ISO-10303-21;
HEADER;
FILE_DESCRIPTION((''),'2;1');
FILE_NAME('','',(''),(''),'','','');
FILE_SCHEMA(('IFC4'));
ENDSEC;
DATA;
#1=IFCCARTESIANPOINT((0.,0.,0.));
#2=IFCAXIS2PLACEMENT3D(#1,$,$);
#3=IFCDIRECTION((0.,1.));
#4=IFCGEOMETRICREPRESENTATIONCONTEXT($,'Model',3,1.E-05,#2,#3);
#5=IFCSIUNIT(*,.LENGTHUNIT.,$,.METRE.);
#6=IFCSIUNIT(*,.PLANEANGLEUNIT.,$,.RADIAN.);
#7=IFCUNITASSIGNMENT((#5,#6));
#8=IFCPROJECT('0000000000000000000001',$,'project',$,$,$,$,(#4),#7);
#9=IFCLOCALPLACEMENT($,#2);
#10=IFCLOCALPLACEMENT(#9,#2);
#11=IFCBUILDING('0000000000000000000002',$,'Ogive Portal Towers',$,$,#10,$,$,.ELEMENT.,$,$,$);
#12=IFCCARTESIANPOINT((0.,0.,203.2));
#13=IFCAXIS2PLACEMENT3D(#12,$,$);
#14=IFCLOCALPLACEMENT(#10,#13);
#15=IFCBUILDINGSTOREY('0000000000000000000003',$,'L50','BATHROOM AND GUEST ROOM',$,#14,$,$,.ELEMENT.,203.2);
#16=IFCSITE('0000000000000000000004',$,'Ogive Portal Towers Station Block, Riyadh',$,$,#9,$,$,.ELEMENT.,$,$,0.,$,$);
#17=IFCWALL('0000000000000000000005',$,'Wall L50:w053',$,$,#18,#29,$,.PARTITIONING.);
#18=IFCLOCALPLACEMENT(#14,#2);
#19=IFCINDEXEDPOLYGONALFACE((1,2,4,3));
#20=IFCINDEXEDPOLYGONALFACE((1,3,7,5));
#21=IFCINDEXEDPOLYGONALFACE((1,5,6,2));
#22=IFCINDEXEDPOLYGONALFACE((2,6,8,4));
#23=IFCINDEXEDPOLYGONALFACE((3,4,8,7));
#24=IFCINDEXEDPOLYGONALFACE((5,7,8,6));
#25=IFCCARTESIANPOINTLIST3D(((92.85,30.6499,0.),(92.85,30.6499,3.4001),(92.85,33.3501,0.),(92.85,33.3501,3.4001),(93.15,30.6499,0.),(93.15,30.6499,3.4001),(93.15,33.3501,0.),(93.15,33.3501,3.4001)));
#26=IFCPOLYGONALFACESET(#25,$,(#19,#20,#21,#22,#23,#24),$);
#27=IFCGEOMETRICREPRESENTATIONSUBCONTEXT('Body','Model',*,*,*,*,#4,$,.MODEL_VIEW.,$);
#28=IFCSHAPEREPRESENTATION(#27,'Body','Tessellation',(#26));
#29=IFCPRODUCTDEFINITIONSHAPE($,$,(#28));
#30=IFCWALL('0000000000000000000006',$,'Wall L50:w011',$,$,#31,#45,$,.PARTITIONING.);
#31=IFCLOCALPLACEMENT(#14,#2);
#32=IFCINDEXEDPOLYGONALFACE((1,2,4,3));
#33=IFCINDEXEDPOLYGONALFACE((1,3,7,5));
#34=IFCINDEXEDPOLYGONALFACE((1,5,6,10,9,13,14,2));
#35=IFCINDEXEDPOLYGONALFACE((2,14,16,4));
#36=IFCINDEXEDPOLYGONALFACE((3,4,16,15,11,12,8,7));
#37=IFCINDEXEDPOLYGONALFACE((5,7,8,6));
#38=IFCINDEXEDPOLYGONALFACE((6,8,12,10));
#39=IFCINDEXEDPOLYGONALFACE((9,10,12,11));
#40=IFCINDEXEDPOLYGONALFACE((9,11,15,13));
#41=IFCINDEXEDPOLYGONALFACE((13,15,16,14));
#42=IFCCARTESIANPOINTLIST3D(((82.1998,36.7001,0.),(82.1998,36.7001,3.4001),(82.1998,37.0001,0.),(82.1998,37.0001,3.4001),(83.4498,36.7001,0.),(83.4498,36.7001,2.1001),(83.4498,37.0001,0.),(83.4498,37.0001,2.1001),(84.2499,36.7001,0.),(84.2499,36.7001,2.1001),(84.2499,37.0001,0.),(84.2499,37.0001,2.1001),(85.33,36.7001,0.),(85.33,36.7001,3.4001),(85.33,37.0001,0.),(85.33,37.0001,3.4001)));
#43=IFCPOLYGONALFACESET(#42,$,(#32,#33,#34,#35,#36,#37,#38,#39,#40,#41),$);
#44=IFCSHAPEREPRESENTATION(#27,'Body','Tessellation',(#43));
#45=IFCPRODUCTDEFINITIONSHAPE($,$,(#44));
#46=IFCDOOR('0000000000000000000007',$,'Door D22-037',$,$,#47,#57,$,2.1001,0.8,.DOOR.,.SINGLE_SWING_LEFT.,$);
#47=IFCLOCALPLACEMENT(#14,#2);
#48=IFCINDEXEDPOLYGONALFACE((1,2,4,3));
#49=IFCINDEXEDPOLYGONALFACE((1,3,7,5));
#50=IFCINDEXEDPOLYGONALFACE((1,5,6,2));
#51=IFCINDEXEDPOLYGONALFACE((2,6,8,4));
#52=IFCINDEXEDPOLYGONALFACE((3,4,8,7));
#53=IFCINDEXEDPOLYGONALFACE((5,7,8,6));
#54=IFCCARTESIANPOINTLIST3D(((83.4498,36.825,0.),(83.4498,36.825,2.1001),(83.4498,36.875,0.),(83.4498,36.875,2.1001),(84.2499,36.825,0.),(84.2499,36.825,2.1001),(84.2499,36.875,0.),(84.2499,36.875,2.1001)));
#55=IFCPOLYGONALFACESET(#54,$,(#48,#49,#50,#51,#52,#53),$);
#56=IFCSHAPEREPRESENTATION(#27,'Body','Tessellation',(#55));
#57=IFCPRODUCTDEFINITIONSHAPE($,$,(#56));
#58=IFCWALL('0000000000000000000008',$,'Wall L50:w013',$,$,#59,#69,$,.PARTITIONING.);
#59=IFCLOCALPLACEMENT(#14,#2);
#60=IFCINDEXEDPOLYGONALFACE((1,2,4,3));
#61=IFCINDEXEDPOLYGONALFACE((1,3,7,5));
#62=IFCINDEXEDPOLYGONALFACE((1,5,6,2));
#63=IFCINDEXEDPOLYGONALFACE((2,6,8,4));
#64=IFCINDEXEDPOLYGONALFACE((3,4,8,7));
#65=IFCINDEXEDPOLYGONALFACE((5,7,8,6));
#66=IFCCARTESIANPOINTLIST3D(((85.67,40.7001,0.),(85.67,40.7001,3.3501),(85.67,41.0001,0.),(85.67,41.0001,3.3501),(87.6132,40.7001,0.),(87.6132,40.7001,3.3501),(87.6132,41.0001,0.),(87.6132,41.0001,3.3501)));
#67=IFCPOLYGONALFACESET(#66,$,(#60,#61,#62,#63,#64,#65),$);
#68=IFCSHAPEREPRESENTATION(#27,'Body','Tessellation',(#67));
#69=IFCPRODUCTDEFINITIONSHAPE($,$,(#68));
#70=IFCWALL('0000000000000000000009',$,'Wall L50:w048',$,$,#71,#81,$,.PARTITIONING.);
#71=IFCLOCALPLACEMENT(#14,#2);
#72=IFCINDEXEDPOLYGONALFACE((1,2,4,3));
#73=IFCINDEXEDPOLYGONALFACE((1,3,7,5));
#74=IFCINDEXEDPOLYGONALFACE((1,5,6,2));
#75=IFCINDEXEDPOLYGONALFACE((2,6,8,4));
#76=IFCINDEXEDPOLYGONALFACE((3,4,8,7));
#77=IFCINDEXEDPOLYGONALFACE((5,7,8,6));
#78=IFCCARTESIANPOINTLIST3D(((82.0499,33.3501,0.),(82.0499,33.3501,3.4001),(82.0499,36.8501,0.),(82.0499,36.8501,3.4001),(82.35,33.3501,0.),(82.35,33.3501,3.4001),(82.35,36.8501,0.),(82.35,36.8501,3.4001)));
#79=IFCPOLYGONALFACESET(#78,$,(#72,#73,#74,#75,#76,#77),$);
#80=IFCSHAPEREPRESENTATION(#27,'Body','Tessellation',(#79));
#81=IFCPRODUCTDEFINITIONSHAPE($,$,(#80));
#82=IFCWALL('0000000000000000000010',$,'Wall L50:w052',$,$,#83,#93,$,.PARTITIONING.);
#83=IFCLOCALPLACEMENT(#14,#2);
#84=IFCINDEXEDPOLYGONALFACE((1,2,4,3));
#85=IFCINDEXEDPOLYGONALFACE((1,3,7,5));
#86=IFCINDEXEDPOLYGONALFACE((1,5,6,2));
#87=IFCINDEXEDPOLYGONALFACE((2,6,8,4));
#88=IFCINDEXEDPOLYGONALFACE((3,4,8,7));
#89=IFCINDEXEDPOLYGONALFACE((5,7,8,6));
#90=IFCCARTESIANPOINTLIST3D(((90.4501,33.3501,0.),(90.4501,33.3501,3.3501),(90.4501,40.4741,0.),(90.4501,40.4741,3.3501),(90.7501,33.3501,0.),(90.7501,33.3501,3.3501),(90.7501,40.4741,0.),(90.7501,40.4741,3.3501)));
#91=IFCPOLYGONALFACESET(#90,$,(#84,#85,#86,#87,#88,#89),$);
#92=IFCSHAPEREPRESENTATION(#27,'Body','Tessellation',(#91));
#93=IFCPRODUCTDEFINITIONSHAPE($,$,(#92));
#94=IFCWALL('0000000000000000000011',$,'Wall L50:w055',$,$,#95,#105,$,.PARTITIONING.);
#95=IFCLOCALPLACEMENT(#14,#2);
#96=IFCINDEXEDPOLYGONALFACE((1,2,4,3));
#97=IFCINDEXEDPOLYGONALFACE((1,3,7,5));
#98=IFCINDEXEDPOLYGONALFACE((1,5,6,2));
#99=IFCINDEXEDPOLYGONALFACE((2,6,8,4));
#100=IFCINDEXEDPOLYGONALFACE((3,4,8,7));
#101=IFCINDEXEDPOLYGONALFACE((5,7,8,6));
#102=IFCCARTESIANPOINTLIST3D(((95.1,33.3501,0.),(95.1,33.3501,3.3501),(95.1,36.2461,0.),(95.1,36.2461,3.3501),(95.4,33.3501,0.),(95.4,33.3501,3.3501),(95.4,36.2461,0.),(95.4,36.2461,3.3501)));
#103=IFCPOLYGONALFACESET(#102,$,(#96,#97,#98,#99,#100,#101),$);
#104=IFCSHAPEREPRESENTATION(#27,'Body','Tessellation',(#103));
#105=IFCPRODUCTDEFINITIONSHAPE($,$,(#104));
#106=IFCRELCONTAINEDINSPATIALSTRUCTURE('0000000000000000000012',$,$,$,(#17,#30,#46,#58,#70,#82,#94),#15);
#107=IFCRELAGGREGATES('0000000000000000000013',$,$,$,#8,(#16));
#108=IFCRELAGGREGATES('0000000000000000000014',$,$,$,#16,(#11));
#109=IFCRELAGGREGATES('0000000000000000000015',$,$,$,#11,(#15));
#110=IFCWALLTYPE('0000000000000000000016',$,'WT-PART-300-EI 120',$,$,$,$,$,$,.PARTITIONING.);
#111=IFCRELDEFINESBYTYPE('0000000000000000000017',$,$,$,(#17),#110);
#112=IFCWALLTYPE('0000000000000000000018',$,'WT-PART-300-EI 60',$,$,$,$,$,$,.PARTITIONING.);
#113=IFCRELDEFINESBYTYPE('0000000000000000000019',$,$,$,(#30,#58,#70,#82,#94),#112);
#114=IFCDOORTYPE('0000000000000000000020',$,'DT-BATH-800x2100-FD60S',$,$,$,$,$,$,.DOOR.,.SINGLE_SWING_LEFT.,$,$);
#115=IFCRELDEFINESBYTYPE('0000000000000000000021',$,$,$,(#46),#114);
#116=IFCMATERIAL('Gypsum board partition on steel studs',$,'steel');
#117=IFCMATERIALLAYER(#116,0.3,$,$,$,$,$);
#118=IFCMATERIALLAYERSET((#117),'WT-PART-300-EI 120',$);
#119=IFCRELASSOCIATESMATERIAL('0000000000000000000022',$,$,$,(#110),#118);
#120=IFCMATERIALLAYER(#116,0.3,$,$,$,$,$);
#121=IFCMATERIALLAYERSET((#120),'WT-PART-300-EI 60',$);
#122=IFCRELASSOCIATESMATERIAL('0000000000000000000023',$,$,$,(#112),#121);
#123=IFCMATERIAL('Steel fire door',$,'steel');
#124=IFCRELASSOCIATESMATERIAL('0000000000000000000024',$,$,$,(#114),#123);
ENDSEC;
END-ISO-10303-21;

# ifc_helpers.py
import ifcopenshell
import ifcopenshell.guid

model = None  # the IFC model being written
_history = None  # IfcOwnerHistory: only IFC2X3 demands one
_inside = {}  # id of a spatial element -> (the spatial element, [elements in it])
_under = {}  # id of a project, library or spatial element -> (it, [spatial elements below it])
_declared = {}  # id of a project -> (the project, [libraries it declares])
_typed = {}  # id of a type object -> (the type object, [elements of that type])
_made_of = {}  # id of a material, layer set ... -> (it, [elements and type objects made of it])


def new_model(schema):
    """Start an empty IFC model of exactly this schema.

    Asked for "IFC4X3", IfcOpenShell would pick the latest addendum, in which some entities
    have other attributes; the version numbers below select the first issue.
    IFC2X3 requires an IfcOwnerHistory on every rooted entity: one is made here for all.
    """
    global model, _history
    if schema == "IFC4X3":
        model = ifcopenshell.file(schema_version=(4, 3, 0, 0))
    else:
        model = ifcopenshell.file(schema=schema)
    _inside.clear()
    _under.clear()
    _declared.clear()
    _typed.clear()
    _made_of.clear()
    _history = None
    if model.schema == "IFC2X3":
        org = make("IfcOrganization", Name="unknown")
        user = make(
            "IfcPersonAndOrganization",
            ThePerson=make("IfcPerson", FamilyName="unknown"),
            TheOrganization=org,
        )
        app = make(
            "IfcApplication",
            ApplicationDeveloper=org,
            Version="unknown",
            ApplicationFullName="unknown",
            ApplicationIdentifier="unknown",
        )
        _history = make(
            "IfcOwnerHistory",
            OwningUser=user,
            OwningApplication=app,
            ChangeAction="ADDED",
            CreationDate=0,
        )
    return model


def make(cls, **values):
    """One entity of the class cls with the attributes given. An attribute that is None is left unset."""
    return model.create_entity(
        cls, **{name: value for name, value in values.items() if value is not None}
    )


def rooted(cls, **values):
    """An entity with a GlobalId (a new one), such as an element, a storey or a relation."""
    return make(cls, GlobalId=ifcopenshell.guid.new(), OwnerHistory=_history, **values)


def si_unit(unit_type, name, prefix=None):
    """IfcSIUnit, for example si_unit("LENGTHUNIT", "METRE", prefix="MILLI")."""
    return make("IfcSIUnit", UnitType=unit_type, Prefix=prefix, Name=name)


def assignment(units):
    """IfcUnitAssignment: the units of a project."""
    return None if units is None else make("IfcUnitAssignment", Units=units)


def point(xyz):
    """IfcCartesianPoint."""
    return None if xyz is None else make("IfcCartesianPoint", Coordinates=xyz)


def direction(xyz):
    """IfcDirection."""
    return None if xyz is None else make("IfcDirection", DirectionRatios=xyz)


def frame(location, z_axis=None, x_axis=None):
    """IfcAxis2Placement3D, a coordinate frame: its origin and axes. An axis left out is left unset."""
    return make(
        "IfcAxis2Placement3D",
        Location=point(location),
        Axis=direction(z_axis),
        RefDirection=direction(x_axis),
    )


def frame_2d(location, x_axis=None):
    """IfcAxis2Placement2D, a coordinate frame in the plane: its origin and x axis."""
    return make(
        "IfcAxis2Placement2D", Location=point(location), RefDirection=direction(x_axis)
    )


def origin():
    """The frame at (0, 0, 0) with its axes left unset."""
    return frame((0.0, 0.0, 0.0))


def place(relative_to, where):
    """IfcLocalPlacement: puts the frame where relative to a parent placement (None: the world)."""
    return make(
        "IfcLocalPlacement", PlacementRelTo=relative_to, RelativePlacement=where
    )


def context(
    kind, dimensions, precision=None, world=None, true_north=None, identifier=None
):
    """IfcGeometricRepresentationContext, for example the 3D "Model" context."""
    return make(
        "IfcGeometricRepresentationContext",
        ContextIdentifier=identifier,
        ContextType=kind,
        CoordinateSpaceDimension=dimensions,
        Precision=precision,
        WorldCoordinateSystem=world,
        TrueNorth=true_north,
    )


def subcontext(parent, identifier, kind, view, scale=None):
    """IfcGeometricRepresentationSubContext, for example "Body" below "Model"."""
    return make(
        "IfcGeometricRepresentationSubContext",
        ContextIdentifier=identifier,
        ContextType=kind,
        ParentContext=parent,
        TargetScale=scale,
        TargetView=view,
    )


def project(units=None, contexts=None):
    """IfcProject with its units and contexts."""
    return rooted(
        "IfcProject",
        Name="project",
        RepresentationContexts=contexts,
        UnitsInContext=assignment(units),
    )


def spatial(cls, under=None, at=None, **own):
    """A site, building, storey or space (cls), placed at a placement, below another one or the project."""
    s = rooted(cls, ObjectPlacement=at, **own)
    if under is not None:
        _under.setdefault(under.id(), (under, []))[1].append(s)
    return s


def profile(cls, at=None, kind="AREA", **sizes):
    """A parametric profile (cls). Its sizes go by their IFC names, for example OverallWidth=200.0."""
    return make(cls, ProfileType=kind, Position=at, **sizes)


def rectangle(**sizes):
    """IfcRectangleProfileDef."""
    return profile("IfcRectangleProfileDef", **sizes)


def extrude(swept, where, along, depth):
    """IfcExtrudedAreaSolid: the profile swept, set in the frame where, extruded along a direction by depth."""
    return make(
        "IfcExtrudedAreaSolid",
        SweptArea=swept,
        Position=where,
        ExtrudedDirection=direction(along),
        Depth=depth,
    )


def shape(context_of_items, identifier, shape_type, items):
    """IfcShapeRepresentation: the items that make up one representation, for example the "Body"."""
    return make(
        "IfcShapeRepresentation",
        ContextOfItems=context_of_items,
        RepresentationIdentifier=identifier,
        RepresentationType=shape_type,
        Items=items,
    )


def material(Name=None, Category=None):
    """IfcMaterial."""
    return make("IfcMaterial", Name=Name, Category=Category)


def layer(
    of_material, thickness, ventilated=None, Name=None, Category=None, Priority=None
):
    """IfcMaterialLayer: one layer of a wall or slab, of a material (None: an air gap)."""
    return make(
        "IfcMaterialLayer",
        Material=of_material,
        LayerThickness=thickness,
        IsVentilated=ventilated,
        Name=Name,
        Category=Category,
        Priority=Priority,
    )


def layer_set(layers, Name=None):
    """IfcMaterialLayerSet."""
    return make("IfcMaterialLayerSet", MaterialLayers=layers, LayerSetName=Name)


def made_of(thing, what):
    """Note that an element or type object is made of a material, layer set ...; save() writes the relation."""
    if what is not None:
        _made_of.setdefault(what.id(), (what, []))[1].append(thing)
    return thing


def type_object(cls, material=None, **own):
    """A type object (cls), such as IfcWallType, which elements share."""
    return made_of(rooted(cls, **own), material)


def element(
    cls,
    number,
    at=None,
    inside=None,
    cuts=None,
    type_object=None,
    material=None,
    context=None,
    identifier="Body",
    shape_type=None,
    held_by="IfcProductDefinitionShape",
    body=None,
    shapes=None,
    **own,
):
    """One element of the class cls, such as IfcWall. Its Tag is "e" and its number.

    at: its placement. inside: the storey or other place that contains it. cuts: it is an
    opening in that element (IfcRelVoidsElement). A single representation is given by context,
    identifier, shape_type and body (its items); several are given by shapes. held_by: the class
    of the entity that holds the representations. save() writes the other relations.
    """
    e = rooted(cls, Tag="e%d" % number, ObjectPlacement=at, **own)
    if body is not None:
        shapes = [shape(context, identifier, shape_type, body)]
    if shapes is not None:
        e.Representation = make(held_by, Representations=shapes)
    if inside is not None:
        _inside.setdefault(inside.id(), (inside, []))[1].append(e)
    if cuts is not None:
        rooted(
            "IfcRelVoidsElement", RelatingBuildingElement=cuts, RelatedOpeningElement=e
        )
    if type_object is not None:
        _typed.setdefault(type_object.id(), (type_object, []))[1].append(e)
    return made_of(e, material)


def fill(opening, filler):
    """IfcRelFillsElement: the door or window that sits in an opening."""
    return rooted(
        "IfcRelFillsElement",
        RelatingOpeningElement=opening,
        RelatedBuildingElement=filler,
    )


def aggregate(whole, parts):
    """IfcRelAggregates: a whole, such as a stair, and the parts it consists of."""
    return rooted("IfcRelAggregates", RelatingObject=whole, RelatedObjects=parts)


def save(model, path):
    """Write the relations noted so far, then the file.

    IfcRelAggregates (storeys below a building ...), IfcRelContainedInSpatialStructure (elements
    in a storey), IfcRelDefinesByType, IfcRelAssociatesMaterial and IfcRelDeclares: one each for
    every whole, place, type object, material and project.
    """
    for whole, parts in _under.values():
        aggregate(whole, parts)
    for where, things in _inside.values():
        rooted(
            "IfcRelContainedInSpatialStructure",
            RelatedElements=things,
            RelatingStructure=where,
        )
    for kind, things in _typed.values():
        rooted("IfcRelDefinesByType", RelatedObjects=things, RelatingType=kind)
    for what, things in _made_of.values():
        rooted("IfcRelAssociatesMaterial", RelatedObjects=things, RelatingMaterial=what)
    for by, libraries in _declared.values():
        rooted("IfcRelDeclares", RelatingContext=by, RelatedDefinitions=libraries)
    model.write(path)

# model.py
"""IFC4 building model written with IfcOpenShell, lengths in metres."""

from ifc_helpers import new_model, si_unit, direction, frame, frame_2d, origin, place, context, subcontext, project, spatial, rectangle, extrude, material, layer, layer_set, type_object, element, fill, save


model = new_model("IFC4")

# Units and contexts
model_context = context("Model", 3, precision=1e-05, world=origin(), true_north=direction((0.0, 1.0)))
body_context = subcontext(model_context, "Body", "Model", "MODEL_VIEW")
ifc_project = project(units=[si_unit("LENGTHUNIT", "METRE"), si_unit("PLANEANGLEUNIT", "RADIAN")], contexts=[model_context])

# Site, building, storey
site_placement = place(None, origin())
site = spatial("IfcSite", under=ifc_project, at=site_placement, Name="Ogive Portal Towers Station Block, Riyadh", CompositionType="ELEMENT", RefElevation=0.0)
building_placement = place(site_placement, origin())
building = spatial("IfcBuilding", under=site, at=building_placement, Name="Ogive Portal Towers", CompositionType="ELEMENT")
storey_placement = place(building_placement, frame((0.0, 0.0, 203.2)))
storey = spatial("IfcBuildingStorey", under=building, at=storey_placement, Name="L50", Description="BATHROOM AND GUEST ROOM", CompositionType="ELEMENT", Elevation=203.2)

# Shared definitions
ifc_material_1 = material(Name="Steel fire door", Category="steel")
ifc_material_2 = material(Name="Gypsum board partition on steel studs", Category="steel")
ifc_layer_1 = layer(ifc_material_2, 0.3)
ifc_layer_set_1 = layer_set([ifc_layer_1], Name="WT-PART-300-EI 120")
wall_type_1 = type_object("IfcWallType", Name="WT-PART-300-EI 120", PredefinedType="PARTITIONING", material=ifc_layer_set_1)

# Wall
wall_1_placement = place(storey_placement, frame((93.0, 30.6499, 0.0), z_axis=(0.0, 0.0, 1.0), x_axis=(0.0, 1.0, 0.0)))
element("IfcWall", 1, at=wall_1_placement, inside=storey, type_object=wall_type_1, Name="Wall L50:w053", PredefinedType="PARTITIONING", context=body_context, shape_type="SweptSolid", body=[
    extrude(rectangle(XDim=2.7002, YDim=0.3, at=frame_2d((1.3501, 0.0))), origin(), (0.0, 0.0, 1.0), 3.4001),
])

# Wall, opening, door
ifc_layer_2 = layer(ifc_material_2, 0.3)
ifc_layer_set_2 = layer_set([ifc_layer_2], Name="WT-PART-300-EI 60")
wall_type_2 = type_object("IfcWallType", Name="WT-PART-300-EI 60", PredefinedType="PARTITIONING", material=ifc_layer_set_2)
wall_2_placement = place(storey_placement, frame((82.2, 36.8501, 0.0), z_axis=(0.0, 0.0, 1.0), x_axis=(1.0, 0.0, 0.0)))
wall_2 = element("IfcWall", 2, at=wall_2_placement, inside=storey, type_object=wall_type_2, Name="Wall L50:w011", PredefinedType="PARTITIONING", context=body_context, shape_type="SweptSolid", body=[
    extrude(rectangle(XDim=3.1301, YDim=0.3, at=frame_2d((1.5649, 0.0))), origin(), (0.0, 0.0, 1.0), 3.4001),
])
opening_1_placement = place(wall_2_placement, frame((1.25, 0.0, 0.0)))
opening_1 = element("IfcOpeningElement", 3, at=opening_1_placement, cuts=wall_2, PredefinedType="OPENING", context=body_context, shape_type="SweptSolid", body=[
    extrude(rectangle(XDim=0.8, YDim=2.1001, at=frame_2d((0.3999, 1.05))), frame((0.0, 0.1602, 0.0), z_axis=(0.0, -1.0, 0.0), x_axis=(1.0, 0.0, 0.0)), (0.0, 0.0, 1.0), 0.3201),
])
door_type_1 = type_object("IfcDoorType", Name="DT-BATH-800x2100-FD60S", OperationType="SINGLE_SWING_LEFT", PredefinedType="DOOR", material=ifc_material_1)
door_1_placement = place(opening_1_placement, origin())
door_1 = element("IfcDoor", 4, at=door_1_placement, inside=storey, type_object=door_type_1, Name="Door D22-037", OperationType="SINGLE_SWING_LEFT", OverallHeight=2.1001, OverallWidth=0.8, PredefinedType="DOOR", context=body_context, shape_type="SweptSolid", body=[
    extrude(rectangle(XDim=0.8, YDim=2.1001, at=frame_2d((0.3999, 1.05))), frame((0.0, 0.0249, 0.0), z_axis=(0.0, -1.0, 0.0), x_axis=(1.0, 0.0, 0.0)), (0.0, 0.0, 1.0), 0.05),
])
fill(opening_1, door_1)

# Walls
wall_3_placement = place(storey_placement, frame((85.6699, 40.8501, 0.0), z_axis=(0.0, 0.0, 1.0), x_axis=(1.0, 0.0, 0.0)))
element("IfcWall", 5, at=wall_3_placement, inside=storey, type_object=wall_type_2, Name="Wall L50:w013", PredefinedType="PARTITIONING", context=body_context, shape_type="SweptSolid", body=[
    extrude(rectangle(XDim=1.9431, YDim=0.3, at=frame_2d((0.9717, 0.0))), origin(), (0.0, 0.0, 1.0), 3.3501),
])
wall_4_placement = place(storey_placement, frame((82.2, 33.3501, 0.0), z_axis=(0.0, 0.0, 1.0), x_axis=(0.0, 1.0, 0.0)))
element("IfcWall", 6, at=wall_4_placement, inside=storey, type_object=wall_type_2, Name="Wall L50:w048", PredefinedType="PARTITIONING", context=body_context, shape_type="SweptSolid", body=[
    extrude(rectangle(XDim=3.5, YDim=0.3, at=frame_2d((1.75, 0.0))), origin(), (0.0, 0.0, 1.0), 3.4001),
])
wall_5_placement = place(storey_placement, frame((90.6001, 33.3501, 0.0), z_axis=(0.0, 0.0, 1.0), x_axis=(0.0, 1.0, 0.0)))
element("IfcWall", 7, at=wall_5_placement, inside=storey, type_object=wall_type_2, Name="Wall L50:w052", PredefinedType="PARTITIONING", context=body_context, shape_type="SweptSolid", body=[
    extrude(rectangle(XDim=7.124, YDim=0.3, at=frame_2d((3.562, 0.0))), origin(), (0.0, 0.0, 1.0), 3.3501),
])
wall_6_placement = place(storey_placement, frame((95.25, 33.3501, 0.0), z_axis=(0.0, 0.0, 1.0), x_axis=(0.0, 1.0, 0.0)))
element("IfcWall", 8, at=wall_6_placement, inside=storey, type_object=wall_type_2, Name="Wall L50:w055", PredefinedType="PARTITIONING", context=body_context, shape_type="SweptSolid", body=[
    extrude(rectangle(XDim=2.896, YDim=0.3, at=frame_2d((1.448, 0.0))), origin(), (0.0, 0.0, 1.0), 3.3501),
])

save(model, "model.ifc")
